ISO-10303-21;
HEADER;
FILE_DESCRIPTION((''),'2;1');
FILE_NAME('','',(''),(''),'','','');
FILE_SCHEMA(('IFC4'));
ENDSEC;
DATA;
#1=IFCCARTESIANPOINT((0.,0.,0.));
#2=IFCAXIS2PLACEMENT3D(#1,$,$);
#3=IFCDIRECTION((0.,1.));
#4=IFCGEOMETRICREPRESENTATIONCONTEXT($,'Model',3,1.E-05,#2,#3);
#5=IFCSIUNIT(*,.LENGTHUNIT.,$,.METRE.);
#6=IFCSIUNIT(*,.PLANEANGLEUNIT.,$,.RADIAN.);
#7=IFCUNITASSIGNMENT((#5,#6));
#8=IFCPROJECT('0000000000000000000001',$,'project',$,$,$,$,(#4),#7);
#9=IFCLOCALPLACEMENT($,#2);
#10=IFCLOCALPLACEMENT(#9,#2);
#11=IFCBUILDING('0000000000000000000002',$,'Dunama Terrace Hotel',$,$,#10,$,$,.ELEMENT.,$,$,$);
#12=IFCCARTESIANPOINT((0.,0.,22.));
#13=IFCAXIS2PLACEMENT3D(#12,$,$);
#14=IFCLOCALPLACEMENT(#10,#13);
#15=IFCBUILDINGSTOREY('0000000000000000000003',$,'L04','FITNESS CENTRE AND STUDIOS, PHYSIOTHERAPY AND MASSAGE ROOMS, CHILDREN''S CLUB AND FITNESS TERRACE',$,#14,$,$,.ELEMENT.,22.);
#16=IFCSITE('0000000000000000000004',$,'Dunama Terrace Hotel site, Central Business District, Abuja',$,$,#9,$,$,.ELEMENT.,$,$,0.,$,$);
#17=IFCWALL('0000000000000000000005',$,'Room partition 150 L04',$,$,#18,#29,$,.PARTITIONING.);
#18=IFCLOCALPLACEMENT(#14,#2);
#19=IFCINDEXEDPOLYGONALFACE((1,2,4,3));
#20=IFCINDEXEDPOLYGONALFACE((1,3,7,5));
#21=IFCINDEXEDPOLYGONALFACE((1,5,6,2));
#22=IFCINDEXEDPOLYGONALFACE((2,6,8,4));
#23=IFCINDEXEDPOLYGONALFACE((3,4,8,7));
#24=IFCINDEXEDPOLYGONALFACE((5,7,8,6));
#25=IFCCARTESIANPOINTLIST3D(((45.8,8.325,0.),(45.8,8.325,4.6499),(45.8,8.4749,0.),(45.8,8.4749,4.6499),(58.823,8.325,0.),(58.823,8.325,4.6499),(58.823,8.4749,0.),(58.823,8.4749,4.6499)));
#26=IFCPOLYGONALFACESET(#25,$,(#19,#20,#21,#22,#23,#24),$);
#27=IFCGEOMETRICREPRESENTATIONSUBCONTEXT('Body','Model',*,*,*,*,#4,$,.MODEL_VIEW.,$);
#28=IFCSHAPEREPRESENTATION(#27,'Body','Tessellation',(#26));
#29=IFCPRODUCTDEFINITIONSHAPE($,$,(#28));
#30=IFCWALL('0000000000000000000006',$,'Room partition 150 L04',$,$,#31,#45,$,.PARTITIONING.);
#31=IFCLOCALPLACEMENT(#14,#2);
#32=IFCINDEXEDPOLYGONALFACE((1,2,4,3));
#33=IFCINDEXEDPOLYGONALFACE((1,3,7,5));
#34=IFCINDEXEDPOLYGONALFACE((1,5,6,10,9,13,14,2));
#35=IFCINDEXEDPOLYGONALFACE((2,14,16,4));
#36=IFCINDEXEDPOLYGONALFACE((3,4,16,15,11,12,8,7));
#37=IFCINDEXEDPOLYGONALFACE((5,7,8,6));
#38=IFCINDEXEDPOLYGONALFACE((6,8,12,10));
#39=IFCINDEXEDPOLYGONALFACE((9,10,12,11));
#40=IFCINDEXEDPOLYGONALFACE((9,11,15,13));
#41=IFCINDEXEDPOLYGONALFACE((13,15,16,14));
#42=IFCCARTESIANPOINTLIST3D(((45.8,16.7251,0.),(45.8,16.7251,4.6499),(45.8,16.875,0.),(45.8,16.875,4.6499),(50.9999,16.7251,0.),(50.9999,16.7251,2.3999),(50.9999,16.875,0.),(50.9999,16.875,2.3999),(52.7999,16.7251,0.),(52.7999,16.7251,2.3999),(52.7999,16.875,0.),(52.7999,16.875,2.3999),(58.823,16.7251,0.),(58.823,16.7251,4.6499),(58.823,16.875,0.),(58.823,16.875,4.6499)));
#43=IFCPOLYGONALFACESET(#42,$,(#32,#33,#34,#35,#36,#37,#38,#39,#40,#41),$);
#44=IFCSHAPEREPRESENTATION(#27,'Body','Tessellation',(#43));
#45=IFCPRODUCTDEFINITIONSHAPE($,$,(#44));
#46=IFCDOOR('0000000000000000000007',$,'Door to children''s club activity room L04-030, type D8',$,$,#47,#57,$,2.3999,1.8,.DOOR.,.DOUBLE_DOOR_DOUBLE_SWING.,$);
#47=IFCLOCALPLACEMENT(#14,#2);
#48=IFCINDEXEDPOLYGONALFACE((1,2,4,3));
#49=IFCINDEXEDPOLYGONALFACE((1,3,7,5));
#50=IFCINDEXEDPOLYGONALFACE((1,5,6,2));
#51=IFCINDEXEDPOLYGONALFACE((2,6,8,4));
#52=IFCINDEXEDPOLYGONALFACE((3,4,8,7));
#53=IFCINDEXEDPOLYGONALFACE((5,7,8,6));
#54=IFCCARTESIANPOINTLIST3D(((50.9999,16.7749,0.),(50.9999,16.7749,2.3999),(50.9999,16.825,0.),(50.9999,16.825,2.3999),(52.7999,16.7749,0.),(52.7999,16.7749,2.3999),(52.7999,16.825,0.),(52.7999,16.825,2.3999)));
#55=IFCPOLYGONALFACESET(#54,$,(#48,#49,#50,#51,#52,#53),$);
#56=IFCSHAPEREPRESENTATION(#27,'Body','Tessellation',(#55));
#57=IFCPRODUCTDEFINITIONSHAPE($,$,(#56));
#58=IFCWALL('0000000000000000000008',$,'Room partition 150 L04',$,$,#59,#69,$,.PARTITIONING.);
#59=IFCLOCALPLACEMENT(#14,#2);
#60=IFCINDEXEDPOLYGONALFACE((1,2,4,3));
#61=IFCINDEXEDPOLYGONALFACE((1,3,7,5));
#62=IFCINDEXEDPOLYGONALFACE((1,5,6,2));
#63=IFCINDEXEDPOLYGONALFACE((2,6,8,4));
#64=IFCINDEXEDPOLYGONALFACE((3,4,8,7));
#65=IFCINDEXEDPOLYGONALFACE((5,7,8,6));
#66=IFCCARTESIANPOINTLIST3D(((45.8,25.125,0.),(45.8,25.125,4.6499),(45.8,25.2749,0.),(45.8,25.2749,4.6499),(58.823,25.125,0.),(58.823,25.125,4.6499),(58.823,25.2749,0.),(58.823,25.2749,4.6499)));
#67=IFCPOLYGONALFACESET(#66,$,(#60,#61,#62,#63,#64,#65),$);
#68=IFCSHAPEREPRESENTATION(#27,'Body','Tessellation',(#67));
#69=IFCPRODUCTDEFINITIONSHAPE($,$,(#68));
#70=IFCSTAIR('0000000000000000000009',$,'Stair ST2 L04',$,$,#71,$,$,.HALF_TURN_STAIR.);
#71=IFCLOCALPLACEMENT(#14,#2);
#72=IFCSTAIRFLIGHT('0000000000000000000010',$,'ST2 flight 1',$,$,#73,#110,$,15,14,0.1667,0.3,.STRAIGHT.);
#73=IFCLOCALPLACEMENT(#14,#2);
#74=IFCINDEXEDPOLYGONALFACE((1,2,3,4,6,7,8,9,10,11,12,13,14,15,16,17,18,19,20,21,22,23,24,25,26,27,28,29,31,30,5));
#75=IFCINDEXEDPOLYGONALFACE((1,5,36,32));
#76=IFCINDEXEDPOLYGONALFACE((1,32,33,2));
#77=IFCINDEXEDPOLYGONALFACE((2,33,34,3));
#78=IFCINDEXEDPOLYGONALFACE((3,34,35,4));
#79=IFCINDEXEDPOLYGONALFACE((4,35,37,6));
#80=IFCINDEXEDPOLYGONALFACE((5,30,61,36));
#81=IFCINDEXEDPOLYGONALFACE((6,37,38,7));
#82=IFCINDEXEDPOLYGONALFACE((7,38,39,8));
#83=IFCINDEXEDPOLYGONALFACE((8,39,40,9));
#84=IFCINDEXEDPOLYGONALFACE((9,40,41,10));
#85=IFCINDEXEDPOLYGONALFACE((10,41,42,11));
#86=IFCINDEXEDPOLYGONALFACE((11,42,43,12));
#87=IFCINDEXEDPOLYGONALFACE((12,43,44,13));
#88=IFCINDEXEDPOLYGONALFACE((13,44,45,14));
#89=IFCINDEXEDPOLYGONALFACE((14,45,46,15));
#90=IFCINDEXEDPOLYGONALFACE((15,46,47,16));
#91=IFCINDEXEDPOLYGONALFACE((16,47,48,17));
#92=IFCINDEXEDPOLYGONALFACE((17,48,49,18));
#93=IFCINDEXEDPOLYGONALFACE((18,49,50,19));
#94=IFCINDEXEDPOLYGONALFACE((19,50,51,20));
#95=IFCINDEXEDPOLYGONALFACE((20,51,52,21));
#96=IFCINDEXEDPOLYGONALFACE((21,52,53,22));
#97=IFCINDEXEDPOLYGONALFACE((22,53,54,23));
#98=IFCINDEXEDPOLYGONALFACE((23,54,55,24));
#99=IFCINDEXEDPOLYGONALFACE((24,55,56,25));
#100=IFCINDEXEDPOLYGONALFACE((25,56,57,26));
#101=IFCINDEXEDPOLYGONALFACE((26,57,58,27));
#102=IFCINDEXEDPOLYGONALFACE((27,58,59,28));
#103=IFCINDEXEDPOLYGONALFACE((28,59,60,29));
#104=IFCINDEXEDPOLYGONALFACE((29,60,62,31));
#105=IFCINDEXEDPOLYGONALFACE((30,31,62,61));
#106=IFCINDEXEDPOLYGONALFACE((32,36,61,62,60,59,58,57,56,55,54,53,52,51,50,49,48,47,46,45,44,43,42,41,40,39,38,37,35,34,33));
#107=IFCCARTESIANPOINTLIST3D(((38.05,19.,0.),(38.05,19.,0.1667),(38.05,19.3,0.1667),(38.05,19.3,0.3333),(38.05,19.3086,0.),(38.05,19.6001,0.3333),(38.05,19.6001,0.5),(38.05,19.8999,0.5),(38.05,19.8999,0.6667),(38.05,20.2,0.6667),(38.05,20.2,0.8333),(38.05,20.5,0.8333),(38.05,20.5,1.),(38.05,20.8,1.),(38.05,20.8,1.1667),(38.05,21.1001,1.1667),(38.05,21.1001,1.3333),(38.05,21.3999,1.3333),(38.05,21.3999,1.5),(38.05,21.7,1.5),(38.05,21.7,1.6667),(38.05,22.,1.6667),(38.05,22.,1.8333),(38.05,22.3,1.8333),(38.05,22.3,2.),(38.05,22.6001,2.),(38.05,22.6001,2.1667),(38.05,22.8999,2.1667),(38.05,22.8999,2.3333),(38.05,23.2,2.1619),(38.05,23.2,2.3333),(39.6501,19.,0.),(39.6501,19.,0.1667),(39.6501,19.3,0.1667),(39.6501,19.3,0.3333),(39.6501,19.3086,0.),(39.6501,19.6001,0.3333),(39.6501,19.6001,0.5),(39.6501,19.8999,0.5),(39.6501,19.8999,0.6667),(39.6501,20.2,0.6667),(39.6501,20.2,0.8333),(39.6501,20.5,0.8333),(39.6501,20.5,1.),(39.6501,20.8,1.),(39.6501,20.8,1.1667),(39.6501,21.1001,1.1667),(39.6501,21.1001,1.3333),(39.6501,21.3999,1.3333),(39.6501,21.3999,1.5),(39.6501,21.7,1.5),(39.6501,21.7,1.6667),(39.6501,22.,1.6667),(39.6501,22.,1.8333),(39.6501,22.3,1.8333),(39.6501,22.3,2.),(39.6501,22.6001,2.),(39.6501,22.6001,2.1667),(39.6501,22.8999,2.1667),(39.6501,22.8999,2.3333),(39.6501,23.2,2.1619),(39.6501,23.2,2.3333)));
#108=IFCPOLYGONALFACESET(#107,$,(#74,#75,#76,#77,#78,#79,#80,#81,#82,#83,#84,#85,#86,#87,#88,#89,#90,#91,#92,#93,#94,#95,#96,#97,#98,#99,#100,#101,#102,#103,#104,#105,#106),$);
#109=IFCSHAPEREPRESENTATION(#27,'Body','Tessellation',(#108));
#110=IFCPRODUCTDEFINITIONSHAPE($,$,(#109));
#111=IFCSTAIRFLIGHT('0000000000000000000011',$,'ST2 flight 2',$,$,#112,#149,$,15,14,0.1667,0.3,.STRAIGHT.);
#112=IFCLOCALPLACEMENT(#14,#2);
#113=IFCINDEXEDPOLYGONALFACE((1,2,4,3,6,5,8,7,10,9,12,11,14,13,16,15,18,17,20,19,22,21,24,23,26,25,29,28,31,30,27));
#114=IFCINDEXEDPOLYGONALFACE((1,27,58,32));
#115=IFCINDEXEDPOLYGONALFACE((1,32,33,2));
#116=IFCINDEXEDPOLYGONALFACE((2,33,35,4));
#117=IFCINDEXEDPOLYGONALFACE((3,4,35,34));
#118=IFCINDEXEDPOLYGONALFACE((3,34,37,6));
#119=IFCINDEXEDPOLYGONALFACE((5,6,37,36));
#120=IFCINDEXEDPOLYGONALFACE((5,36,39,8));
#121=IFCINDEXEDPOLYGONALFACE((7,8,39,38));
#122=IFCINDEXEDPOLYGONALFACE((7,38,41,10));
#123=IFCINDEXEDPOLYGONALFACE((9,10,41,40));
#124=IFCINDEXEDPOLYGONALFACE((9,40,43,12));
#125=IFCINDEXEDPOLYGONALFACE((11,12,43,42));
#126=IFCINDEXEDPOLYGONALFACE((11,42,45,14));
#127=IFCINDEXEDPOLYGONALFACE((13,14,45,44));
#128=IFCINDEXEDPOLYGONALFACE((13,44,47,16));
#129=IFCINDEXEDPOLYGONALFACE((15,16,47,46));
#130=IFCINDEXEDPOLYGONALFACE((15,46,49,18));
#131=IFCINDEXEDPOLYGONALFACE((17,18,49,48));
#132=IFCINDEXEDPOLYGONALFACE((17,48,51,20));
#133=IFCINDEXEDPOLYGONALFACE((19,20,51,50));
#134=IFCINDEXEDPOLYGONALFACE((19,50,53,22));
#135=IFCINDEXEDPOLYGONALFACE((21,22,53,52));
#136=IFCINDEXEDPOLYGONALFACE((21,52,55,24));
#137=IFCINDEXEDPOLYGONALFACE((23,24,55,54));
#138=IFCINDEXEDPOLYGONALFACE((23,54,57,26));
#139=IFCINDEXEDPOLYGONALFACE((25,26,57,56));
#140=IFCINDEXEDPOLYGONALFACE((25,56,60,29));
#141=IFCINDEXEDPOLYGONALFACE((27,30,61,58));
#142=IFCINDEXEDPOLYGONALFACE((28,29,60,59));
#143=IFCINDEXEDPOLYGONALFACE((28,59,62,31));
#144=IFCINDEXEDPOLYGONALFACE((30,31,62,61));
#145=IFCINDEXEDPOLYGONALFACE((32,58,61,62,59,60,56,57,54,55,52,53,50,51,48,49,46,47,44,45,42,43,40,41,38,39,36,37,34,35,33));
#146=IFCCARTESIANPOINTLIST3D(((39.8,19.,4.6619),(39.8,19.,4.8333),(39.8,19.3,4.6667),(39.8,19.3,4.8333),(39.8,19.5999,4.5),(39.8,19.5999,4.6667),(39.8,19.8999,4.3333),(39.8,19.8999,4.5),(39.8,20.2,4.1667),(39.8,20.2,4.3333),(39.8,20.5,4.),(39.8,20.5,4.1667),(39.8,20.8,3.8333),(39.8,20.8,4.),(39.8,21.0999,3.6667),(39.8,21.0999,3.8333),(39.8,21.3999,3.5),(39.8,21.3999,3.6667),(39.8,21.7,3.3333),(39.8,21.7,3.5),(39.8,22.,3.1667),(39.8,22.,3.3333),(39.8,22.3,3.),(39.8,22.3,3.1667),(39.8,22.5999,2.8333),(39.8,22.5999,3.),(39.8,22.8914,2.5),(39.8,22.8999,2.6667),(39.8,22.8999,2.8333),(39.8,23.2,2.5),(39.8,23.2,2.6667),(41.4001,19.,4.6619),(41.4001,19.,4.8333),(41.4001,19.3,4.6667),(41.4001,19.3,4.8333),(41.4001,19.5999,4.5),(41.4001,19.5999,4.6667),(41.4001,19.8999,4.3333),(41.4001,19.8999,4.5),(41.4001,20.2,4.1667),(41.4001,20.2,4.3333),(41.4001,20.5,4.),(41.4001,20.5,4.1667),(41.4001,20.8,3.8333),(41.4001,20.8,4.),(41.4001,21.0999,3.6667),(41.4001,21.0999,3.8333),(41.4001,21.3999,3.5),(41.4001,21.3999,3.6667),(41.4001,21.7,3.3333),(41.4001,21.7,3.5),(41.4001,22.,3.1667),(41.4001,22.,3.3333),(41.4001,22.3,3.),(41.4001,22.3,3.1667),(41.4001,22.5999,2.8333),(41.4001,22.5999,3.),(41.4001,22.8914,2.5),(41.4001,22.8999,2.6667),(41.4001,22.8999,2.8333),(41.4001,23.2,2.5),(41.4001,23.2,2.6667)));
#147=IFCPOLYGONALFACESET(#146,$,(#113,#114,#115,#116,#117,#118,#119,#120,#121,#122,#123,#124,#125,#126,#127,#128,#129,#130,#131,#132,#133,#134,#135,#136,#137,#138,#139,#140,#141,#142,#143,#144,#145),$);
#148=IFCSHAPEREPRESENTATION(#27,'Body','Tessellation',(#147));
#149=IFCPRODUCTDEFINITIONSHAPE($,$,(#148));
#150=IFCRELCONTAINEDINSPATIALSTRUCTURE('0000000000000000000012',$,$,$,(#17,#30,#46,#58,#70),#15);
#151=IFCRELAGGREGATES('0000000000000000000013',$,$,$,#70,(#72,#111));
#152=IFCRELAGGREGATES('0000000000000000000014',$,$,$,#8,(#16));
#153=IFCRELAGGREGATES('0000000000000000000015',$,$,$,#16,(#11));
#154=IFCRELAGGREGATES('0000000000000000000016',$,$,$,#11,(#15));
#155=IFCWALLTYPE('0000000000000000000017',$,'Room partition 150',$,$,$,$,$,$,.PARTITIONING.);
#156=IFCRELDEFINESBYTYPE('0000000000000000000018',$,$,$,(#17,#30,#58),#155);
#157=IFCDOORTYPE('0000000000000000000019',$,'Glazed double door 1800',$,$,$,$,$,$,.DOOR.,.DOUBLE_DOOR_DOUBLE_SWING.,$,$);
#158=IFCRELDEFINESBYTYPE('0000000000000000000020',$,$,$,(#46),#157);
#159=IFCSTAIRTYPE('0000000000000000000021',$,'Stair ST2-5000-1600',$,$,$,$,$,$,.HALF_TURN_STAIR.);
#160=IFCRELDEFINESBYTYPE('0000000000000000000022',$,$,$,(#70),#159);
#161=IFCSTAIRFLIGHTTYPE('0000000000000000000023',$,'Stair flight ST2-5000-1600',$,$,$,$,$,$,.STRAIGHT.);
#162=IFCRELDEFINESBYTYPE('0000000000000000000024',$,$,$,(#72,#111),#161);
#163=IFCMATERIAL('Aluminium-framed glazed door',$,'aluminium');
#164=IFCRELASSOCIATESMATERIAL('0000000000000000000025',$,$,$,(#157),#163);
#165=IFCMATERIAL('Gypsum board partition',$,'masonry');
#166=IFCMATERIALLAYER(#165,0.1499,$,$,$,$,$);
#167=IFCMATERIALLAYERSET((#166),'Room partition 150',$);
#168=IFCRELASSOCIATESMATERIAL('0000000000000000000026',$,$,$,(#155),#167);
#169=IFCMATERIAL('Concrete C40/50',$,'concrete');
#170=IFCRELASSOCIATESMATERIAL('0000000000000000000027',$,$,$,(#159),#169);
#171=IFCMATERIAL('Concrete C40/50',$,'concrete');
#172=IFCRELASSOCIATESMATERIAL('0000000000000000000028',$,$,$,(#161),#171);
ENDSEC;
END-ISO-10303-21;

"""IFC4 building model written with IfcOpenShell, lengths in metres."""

from ifc_helpers import new_model, si_unit, direction, frame, frame_2d, origin, place, context, subcontext, project, spatial, polyline, rectangle, outline, extrude, material, layer, layer_set, type_object, element, fill, aggregate, save


model = new_model("IFC4")

# Units and contexts
model_context = context("Model", 3, precision=1e-05, world=origin(), true_north=direction((0.0, 1.0)))
body_context = subcontext(model_context, "Body", "Model", "MODEL_VIEW")
ifc_project = project(units=[si_unit("LENGTHUNIT", "METRE"), si_unit("PLANEANGLEUNIT", "RADIAN")], contexts=[model_context])

# Site, building, storey
site_placement = place(None, origin())
site = spatial("IfcSite", under=ifc_project, at=site_placement, Name="Dunama Terrace Hotel site, Central Business District, Abuja", CompositionType="ELEMENT", RefElevation=0.0)
building_placement = place(site_placement, origin())
building = spatial("IfcBuilding", under=site, at=building_placement, Name="Dunama Terrace Hotel", CompositionType="ELEMENT")
storey_placement = place(building_placement, frame((0.0, 0.0, 22.0)))
storey = spatial("IfcBuildingStorey", under=building, at=storey_placement, Name="L04", Description="FITNESS CENTRE AND STUDIOS, PHYSIOTHERAPY AND MASSAGE ROOMS, CHILDREN'S CLUB AND FITNESS TERRACE", CompositionType="ELEMENT", Elevation=22.0)

# Shared definitions
ifc_material_1 = material(Name="Aluminium-framed glazed door", Category="aluminium")
door_type_1 = type_object("IfcDoorType", Name="Glazed double door 1800", OperationType="DOUBLE_DOOR_DOUBLE_SWING", PredefinedType="DOOR", material=ifc_material_1)

# Shared definitions
ifc_material_2 = material(Name="Gypsum board partition", Category="masonry")
ifc_layer_1 = layer(ifc_material_2, 0.1499)
ifc_layer_set_1 = layer_set([ifc_layer_1], Name="Room partition 150")
wall_type_1 = type_object("IfcWallType", Name="Room partition 150", PredefinedType="PARTITIONING", material=ifc_layer_set_1)

# Wall
wall_1_placement = place(storey_placement, frame((45.8, 8.3999, 0.0), z_axis=(0.0, 0.0, 1.0), x_axis=(1.0, 0.0, 0.0)))
element("IfcWall", 1, at=wall_1_placement, inside=storey, type_object=wall_type_1, Name="Room partition 150 L04", PredefinedType="PARTITIONING", context=body_context, shape_type="SweptSolid", body=[
    extrude(rectangle(XDim=13.0229, YDim=0.1499, at=frame_2d((6.5115, 0.0))), origin(), (0.0, 0.0, 1.0), 4.6499),
])

# Wall, opening, door
wall_2_placement = place(storey_placement, frame((45.8, 16.8, 0.0), z_axis=(0.0, 0.0, 1.0), x_axis=(1.0, 0.0, 0.0)))
wall_2 = element("IfcWall", 2, at=wall_2_placement, inside=storey, type_object=wall_type_1, Name="Room partition 150 L04", PredefinedType="PARTITIONING", context=body_context, shape_type="SweptSolid", body=[
    extrude(rectangle(XDim=13.0229, YDim=0.1499, at=frame_2d((6.5115, 0.0))), origin(), (0.0, 0.0, 1.0), 4.6499),
])
opening_1_placement = place(wall_2_placement, frame((5.2, 0.0, 0.0)))
opening_1 = element("IfcOpeningElement", 3, at=opening_1_placement, cuts=wall_2, PredefinedType="OPENING", context=body_context, shape_type="SweptSolid", body=[
    extrude(rectangle(XDim=1.8, YDim=2.3999, at=frame_2d((0.8999, 1.2))), frame((0.0, 0.085, 0.0), z_axis=(0.0, -1.0, 0.0), x_axis=(1.0, 0.0, 0.0)), (0.0, 0.0, 1.0), 0.1699),
])
door_1_placement = place(opening_1_placement, origin())
door_1 = element("IfcDoor", 4, at=door_1_placement, inside=storey, type_object=door_type_1, Name="Door to children's club activity room L04-030, type D8", OperationType="DOUBLE_DOOR_DOUBLE_SWING", OverallHeight=2.3999, OverallWidth=1.8, PredefinedType="DOOR", context=body_context, shape_type="SweptSolid", body=[
    extrude(rectangle(XDim=1.8, YDim=2.3999, at=frame_2d((0.8999, 1.2))), frame((0.0, 0.0249, 0.0), z_axis=(0.0, -1.0, 0.0), x_axis=(1.0, 0.0, 0.0)), (0.0, 0.0, 1.0), 0.05),
])
fill(opening_1, door_1)

# Wall
wall_3_placement = place(storey_placement, frame((45.8, 25.2, 0.0), z_axis=(0.0, 0.0, 1.0), x_axis=(1.0, 0.0, 0.0)))
element("IfcWall", 5, at=wall_3_placement, inside=storey, type_object=wall_type_1, Name="Room partition 150 L04", PredefinedType="PARTITIONING", context=body_context, shape_type="SweptSolid", body=[
    extrude(rectangle(XDim=13.0229, YDim=0.1499, at=frame_2d((6.5115, 0.0))), origin(), (0.0, 0.0, 1.0), 4.6499),
])

# Stair, stair flights
ifc_material_3 = material(Name="Concrete C40/50", Category="concrete")
stair_type = type_object("IfcStairType", Name="Stair ST2-5000-1600", PredefinedType="HALF_TURN_STAIR", material=ifc_material_3)
stair_placement = place(storey_placement, origin())
stair = element("IfcStair", 6, at=stair_placement, inside=storey, type_object=stair_type, Name="Stair ST2 L04", PredefinedType="HALF_TURN_STAIR")
ifc_material_4 = material(Name="Concrete C40/50", Category="concrete")
stair_flight_type = type_object("IfcStairFlightType", Name="Stair flight ST2-5000-1600", PredefinedType="STRAIGHT", material=ifc_material_4)
stair_flight_1_placement = place(storey_placement, frame((38.8501, 19.0, 0.0), z_axis=(0.0, 0.0, 1.0), x_axis=(0.0, 1.0, 0.0)))
stair_flight_1 = element("IfcStairFlight", 7, at=stair_flight_1_placement, type_object=stair_flight_type, Name="ST2 flight 1", NumberOfRisers=15, NumberOfTreads=14, PredefinedType="STRAIGHT", RiserHeight=0.1667, TreadLength=0.3, context=body_context, shape_type="SweptSolid", body=[
    extrude(outline(polyline([(0.0, 0.0), (0.0, 0.1667), (0.3, 0.1667), (0.3, 0.3333), (0.6001, 0.3333), (0.6001, 0.5), (0.8999, 0.5), (0.8999, 0.6667), (1.2, 0.6667), (1.2, 0.8333), (1.5, 0.8333), (1.5, 1.0), (1.8, 1.0), (1.8, 1.1667), (2.1001, 1.1667), (2.1001, 1.3333), (2.3999, 1.3333), (2.3999, 1.5), (2.7, 1.5), (2.7, 1.6667), (3.0, 1.6667), (3.0, 1.8333), (3.3, 1.8333), (3.3, 2.0), (3.6001, 2.0), (3.6001, 2.1667), (3.8999, 2.1667), (3.8999, 2.3333), (4.2, 2.3333), (4.2, 2.5), (4.2, 2.1619), (0.3086, 0.0), (0.0, 0.0)])), frame((0.0, 0.8, 0.0), z_axis=(0.0, -1.0, 0.0), x_axis=(1.0, 0.0, 0.0)), (0.0, 0.0, 1.0), 1.6001),
])
stair_flight_2_placement = place(storey_placement, frame((40.6001, 23.2, 2.5), z_axis=(0.0, 0.0, 1.0), x_axis=(0.0, -1.0, 0.0)))
stair_flight_2 = element("IfcStairFlight", 8, at=stair_flight_2_placement, type_object=stair_flight_type, Name="ST2 flight 2", NumberOfRisers=15, NumberOfTreads=14, PredefinedType="STRAIGHT", RiserHeight=0.1667, TreadLength=0.3, context=body_context, shape_type="SweptSolid", body=[
    extrude(outline(polyline([(0.0, 0.0), (0.0, 0.1667), (0.3, 0.1667), (0.3, 0.3333), (0.6001, 0.3333), (0.6001, 0.5), (0.8999, 0.5), (0.8999, 0.6667), (1.2, 0.6667), (1.2, 0.8333), (1.5, 0.8333), (1.5, 1.0), (1.8, 1.0), (1.8, 1.1667), (2.1001, 1.1667), (2.1001, 1.3333), (2.3999, 1.3333), (2.3999, 1.5), (2.7, 1.5), (2.7, 1.6667), (3.0, 1.6667), (3.0, 1.8333), (3.3, 1.8333), (3.3, 2.0), (3.6001, 2.0), (3.6001, 2.1667), (3.8999, 2.1667), (3.8999, 2.3333), (4.2, 2.3333), (4.2, 2.5), (4.2, 2.1619), (0.3086, 0.0), (0.0, 0.0)])), frame((0.0, 0.8, 0.0), z_axis=(0.0, -1.0, 0.0), x_axis=(1.0, 0.0, 0.0)), (0.0, 0.0, 1.0), 1.6001),
])
aggregate(stair, [stair_flight_1, stair_flight_2])

save(model, "model.ifc")
